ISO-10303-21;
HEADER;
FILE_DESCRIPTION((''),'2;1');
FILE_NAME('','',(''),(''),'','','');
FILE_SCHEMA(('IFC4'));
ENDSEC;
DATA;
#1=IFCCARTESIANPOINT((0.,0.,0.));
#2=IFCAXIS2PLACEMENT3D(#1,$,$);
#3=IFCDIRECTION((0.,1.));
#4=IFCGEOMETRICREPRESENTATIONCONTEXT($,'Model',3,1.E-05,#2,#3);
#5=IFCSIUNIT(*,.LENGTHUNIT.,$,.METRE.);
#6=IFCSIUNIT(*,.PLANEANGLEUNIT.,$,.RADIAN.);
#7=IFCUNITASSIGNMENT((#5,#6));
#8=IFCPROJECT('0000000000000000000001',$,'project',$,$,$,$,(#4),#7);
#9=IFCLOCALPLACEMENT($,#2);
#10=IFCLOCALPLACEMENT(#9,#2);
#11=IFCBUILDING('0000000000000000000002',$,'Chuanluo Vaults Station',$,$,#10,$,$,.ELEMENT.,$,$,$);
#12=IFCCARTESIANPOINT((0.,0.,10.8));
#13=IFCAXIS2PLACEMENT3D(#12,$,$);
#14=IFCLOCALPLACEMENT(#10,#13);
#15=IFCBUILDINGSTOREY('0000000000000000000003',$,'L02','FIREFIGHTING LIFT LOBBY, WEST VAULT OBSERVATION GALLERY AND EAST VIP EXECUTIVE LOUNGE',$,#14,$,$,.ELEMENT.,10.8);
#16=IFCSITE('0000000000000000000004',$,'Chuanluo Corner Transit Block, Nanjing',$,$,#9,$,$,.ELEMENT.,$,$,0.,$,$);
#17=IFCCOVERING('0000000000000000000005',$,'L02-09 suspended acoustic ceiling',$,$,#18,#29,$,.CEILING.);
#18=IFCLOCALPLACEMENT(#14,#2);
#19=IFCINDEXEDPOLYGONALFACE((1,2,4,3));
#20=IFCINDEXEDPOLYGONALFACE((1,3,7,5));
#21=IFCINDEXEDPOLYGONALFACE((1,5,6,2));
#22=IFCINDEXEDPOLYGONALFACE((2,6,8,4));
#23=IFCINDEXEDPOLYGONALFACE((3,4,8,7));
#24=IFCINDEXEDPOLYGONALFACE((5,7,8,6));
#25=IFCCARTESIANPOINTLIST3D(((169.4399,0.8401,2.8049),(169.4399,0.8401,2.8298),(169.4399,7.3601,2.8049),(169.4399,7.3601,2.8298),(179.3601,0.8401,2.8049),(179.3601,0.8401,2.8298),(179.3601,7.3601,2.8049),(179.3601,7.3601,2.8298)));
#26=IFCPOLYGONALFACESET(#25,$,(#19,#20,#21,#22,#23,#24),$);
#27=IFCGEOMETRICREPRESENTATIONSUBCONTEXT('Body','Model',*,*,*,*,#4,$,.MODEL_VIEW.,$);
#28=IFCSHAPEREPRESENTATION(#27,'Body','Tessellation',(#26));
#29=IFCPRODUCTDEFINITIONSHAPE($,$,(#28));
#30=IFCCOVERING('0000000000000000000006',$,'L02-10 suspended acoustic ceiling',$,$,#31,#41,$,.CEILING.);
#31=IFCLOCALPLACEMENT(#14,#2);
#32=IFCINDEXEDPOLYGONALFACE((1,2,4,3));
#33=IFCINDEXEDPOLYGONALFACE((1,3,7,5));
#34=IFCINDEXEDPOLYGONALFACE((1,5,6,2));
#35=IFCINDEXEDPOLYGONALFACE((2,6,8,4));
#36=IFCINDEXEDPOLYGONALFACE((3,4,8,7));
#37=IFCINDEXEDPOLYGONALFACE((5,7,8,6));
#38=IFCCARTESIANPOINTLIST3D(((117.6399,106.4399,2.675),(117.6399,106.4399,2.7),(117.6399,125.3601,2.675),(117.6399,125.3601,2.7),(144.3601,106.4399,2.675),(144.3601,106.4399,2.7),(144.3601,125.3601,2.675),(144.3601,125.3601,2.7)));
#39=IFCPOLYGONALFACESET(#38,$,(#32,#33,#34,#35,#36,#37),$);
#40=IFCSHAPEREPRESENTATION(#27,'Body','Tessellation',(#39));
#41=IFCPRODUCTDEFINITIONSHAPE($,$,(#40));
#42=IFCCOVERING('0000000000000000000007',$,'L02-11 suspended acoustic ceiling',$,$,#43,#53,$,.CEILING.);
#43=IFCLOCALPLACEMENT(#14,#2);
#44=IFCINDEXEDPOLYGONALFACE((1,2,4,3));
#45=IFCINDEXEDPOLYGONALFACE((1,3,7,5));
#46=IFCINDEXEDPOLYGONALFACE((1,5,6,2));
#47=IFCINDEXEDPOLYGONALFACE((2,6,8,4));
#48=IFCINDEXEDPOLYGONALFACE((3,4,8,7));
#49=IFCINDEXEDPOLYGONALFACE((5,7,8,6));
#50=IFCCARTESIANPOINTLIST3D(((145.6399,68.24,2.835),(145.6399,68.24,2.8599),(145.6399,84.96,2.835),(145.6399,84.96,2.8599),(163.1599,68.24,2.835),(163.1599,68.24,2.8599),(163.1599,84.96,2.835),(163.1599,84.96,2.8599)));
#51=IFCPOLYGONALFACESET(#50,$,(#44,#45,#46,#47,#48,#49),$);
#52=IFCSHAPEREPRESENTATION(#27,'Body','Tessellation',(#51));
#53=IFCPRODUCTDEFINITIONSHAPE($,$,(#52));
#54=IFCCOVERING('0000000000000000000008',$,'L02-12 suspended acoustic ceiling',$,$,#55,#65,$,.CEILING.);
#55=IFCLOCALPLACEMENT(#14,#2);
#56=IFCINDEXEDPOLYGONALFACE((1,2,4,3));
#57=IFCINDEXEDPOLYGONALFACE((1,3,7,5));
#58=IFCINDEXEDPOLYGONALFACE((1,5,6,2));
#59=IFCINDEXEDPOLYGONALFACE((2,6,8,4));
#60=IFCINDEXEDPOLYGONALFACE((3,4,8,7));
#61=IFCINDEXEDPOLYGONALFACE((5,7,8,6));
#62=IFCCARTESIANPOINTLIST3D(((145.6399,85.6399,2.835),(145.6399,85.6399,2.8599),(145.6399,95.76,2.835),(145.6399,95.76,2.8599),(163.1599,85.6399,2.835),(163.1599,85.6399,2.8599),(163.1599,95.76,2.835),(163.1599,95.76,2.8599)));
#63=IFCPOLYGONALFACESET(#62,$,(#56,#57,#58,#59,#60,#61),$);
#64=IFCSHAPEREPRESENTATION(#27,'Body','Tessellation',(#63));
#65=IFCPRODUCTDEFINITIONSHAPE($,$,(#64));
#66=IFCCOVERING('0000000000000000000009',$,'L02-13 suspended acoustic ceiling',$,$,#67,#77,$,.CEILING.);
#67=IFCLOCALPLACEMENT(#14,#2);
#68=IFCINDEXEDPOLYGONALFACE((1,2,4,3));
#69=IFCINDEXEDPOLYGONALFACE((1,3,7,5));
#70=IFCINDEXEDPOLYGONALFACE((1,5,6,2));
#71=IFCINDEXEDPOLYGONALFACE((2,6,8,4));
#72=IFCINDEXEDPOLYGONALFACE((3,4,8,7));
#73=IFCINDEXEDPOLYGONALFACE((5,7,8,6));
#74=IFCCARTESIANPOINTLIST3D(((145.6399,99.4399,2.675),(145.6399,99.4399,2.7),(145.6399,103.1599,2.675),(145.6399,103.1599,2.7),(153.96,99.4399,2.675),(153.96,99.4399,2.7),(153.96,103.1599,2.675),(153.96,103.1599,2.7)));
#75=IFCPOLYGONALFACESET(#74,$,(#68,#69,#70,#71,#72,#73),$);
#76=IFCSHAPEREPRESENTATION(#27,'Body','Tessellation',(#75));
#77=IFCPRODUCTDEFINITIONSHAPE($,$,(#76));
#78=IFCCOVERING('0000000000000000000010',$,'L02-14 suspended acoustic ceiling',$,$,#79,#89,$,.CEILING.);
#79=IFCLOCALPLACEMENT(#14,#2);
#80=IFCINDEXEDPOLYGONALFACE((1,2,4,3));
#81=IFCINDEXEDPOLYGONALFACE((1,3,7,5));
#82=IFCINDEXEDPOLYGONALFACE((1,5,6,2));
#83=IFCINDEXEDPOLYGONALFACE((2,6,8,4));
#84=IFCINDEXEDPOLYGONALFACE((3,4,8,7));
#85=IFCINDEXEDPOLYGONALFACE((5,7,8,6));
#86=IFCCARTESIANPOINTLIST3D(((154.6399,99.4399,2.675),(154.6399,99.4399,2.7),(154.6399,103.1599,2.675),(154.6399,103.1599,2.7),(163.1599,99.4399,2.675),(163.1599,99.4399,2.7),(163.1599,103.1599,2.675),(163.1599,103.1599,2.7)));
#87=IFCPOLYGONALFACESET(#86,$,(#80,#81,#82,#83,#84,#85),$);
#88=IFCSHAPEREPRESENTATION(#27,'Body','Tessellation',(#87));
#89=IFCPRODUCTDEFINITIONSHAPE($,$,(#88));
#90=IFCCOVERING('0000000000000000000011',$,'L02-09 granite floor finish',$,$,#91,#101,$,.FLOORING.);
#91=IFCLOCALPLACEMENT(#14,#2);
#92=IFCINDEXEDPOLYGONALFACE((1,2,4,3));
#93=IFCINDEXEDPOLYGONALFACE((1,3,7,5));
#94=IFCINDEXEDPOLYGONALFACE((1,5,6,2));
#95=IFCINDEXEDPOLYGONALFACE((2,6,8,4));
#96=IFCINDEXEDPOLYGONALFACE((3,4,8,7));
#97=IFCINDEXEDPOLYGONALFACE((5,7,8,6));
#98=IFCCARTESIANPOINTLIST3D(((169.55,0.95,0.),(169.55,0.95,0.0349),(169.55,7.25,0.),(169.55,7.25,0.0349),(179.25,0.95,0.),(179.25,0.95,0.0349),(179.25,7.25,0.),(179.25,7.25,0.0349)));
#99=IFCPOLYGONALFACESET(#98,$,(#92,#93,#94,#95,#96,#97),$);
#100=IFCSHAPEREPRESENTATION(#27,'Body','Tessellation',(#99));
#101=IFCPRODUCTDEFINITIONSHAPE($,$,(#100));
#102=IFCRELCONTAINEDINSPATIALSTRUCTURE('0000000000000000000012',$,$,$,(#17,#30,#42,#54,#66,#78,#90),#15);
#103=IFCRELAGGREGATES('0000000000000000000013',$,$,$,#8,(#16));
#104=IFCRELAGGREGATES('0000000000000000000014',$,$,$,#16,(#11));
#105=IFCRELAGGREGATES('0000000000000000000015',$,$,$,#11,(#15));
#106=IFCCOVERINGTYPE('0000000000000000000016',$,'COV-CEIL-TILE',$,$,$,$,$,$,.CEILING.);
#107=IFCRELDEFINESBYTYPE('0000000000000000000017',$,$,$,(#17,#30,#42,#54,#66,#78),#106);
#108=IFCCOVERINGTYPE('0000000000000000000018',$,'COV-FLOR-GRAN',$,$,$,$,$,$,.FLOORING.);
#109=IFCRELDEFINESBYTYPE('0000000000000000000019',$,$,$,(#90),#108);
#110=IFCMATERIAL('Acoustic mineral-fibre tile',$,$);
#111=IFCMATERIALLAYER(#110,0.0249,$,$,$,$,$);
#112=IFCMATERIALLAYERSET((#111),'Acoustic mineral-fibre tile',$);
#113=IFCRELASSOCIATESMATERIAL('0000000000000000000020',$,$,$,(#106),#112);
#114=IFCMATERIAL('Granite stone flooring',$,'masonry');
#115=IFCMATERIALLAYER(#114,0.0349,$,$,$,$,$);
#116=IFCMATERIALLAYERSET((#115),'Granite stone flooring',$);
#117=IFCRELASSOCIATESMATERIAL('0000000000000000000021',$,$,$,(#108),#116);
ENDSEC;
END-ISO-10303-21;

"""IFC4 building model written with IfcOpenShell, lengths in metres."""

from ifc_helpers import new_model, si_unit, direction, frame, origin, place, context, subcontext, project, spatial, polyline, outline, extrude, material, layer, layer_set, type_object, element, save


model = new_model("IFC4")

# Units and contexts
model_context = context("Model", 3, precision=1e-05, world=origin(), true_north=direction((0.0, 1.0)))
body_context = subcontext(model_context, "Body", "Model", "MODEL_VIEW")
ifc_project = project(units=[si_unit("LENGTHUNIT", "METRE"), si_unit("PLANEANGLEUNIT", "RADIAN")], contexts=[model_context])

# Site, building, storey
site_placement = place(None, origin())
site = spatial("IfcSite", under=ifc_project, at=site_placement, Name="Chuanluo Corner Transit Block, Nanjing", CompositionType="ELEMENT", RefElevation=0.0)
building_placement = place(site_placement, origin())
building = spatial("IfcBuilding", under=site, at=building_placement, Name="Chuanluo Vaults Station", CompositionType="ELEMENT")
storey_placement = place(building_placement, frame((0.0, 0.0, 10.8)))
storey = spatial("IfcBuildingStorey", under=building, at=storey_placement, Name="L02", Description="FIREFIGHTING LIFT LOBBY, WEST VAULT OBSERVATION GALLERY AND EAST VIP EXECUTIVE LOUNGE", CompositionType="ELEMENT", Elevation=10.8)

# Coverings
ifc_material_1 = material(Name="Acoustic mineral-fibre tile")
ifc_layer_1 = layer(ifc_material_1, 0.0249)
ifc_layer_set_1 = layer_set([ifc_layer_1], Name="Acoustic mineral-fibre tile")
covering_type_1 = type_object("IfcCoveringType", Name="COV-CEIL-TILE", PredefinedType="CEILING", material=ifc_layer_set_1)
covering_1_placement = place(storey_placement, frame((0.0, 0.0, 2.8049)))
element("IfcCovering", 1, at=covering_1_placement, inside=storey, type_object=covering_type_1, Name="L02-09 suspended acoustic ceiling", PredefinedType="CEILING", context=body_context, shape_type="SweptSolid", body=[
    extrude(outline(polyline([(169.4399, 0.8401), (179.3601, 0.8401), (179.3601, 7.3601), (169.4399, 7.3601), (169.4399, 0.8401)])), origin(), (0.0, 0.0, 1.0), 0.0249),
])
covering_2_placement = place(storey_placement, frame((0.0, 0.0, 2.675)))
element("IfcCovering", 2, at=covering_2_placement, inside=storey, type_object=covering_type_1, Name="L02-10 suspended acoustic ceiling", PredefinedType="CEILING", context=body_context, shape_type="SweptSolid", body=[
    extrude(outline(polyline([(117.6399, 106.4399), (144.3601, 106.4399), (144.3601, 125.3601), (117.6399, 125.3601), (117.6399, 106.4399)])), origin(), (0.0, 0.0, 1.0), 0.0249),
])
covering_3_placement = place(storey_placement, frame((0.0, 0.0, 2.835)))
element("IfcCovering", 3, at=covering_3_placement, inside=storey, type_object=covering_type_1, Name="L02-11 suspended acoustic ceiling", PredefinedType="CEILING", context=body_context, shape_type="SweptSolid", body=[
    extrude(outline(polyline([(145.6399, 68.24), (163.1599, 68.24), (163.1599, 84.96), (145.6399, 84.96), (145.6399, 68.24)])), origin(), (0.0, 0.0, 1.0), 0.0249),
])
covering_4_placement = place(storey_placement, frame((0.0, 0.0, 2.835)))
element("IfcCovering", 4, at=covering_4_placement, inside=storey, type_object=covering_type_1, Name="L02-12 suspended acoustic ceiling", PredefinedType="CEILING", context=body_context, shape_type="SweptSolid", body=[
    extrude(outline(polyline([(145.6399, 85.6399), (163.1599, 85.6399), (163.1599, 95.76), (145.6399, 95.76), (145.6399, 85.6399)])), origin(), (0.0, 0.0, 1.0), 0.0249),
])
covering_5_placement = place(storey_placement, frame((0.0, 0.0, 2.675)))
element("IfcCovering", 5, at=covering_5_placement, inside=storey, type_object=covering_type_1, Name="L02-13 suspended acoustic ceiling", PredefinedType="CEILING", context=body_context, shape_type="SweptSolid", body=[
    extrude(outline(polyline([(145.6399, 99.4399), (153.96, 99.4399), (153.96, 103.1599), (145.6399, 103.1599), (145.6399, 99.4399)])), origin(), (0.0, 0.0, 1.0), 0.0249),
])
covering_6_placement = place(storey_placement, frame((0.0, 0.0, 2.675)))
element("IfcCovering", 6, at=covering_6_placement, inside=storey, type_object=covering_type_1, Name="L02-14 suspended acoustic ceiling", PredefinedType="CEILING", context=body_context, shape_type="SweptSolid", body=[
    extrude(outline(polyline([(154.6399, 99.4399), (163.1599, 99.4399), (163.1599, 103.1599), (154.6399, 103.1599), (154.6399, 99.4399)])), origin(), (0.0, 0.0, 1.0), 0.0249),
])
ifc_material_2 = material(Name="Granite stone flooring", Category="masonry")
ifc_layer_2 = layer(ifc_material_2, 0.0349)
ifc_layer_set_2 = layer_set([ifc_layer_2], Name="Granite stone flooring")
covering_type_2 = type_object("IfcCoveringType", Name="COV-FLOR-GRAN", PredefinedType="FLOORING", material=ifc_layer_set_2)
covering_7_placement = place(storey_placement, origin())
element("IfcCovering", 7, at=covering_7_placement, inside=storey, type_object=covering_type_2, Name="L02-09 granite floor finish", PredefinedType="FLOORING", context=body_context, shape_type="SweptSolid", body=[
    extrude(outline(polyline([(169.55, 0.95), (179.25, 0.95), (179.25, 7.25), (169.55, 7.25), (169.55, 0.95)])), origin(), (0.0, 0.0, 1.0), 0.0349),
])

save(model, "model.ifc")
